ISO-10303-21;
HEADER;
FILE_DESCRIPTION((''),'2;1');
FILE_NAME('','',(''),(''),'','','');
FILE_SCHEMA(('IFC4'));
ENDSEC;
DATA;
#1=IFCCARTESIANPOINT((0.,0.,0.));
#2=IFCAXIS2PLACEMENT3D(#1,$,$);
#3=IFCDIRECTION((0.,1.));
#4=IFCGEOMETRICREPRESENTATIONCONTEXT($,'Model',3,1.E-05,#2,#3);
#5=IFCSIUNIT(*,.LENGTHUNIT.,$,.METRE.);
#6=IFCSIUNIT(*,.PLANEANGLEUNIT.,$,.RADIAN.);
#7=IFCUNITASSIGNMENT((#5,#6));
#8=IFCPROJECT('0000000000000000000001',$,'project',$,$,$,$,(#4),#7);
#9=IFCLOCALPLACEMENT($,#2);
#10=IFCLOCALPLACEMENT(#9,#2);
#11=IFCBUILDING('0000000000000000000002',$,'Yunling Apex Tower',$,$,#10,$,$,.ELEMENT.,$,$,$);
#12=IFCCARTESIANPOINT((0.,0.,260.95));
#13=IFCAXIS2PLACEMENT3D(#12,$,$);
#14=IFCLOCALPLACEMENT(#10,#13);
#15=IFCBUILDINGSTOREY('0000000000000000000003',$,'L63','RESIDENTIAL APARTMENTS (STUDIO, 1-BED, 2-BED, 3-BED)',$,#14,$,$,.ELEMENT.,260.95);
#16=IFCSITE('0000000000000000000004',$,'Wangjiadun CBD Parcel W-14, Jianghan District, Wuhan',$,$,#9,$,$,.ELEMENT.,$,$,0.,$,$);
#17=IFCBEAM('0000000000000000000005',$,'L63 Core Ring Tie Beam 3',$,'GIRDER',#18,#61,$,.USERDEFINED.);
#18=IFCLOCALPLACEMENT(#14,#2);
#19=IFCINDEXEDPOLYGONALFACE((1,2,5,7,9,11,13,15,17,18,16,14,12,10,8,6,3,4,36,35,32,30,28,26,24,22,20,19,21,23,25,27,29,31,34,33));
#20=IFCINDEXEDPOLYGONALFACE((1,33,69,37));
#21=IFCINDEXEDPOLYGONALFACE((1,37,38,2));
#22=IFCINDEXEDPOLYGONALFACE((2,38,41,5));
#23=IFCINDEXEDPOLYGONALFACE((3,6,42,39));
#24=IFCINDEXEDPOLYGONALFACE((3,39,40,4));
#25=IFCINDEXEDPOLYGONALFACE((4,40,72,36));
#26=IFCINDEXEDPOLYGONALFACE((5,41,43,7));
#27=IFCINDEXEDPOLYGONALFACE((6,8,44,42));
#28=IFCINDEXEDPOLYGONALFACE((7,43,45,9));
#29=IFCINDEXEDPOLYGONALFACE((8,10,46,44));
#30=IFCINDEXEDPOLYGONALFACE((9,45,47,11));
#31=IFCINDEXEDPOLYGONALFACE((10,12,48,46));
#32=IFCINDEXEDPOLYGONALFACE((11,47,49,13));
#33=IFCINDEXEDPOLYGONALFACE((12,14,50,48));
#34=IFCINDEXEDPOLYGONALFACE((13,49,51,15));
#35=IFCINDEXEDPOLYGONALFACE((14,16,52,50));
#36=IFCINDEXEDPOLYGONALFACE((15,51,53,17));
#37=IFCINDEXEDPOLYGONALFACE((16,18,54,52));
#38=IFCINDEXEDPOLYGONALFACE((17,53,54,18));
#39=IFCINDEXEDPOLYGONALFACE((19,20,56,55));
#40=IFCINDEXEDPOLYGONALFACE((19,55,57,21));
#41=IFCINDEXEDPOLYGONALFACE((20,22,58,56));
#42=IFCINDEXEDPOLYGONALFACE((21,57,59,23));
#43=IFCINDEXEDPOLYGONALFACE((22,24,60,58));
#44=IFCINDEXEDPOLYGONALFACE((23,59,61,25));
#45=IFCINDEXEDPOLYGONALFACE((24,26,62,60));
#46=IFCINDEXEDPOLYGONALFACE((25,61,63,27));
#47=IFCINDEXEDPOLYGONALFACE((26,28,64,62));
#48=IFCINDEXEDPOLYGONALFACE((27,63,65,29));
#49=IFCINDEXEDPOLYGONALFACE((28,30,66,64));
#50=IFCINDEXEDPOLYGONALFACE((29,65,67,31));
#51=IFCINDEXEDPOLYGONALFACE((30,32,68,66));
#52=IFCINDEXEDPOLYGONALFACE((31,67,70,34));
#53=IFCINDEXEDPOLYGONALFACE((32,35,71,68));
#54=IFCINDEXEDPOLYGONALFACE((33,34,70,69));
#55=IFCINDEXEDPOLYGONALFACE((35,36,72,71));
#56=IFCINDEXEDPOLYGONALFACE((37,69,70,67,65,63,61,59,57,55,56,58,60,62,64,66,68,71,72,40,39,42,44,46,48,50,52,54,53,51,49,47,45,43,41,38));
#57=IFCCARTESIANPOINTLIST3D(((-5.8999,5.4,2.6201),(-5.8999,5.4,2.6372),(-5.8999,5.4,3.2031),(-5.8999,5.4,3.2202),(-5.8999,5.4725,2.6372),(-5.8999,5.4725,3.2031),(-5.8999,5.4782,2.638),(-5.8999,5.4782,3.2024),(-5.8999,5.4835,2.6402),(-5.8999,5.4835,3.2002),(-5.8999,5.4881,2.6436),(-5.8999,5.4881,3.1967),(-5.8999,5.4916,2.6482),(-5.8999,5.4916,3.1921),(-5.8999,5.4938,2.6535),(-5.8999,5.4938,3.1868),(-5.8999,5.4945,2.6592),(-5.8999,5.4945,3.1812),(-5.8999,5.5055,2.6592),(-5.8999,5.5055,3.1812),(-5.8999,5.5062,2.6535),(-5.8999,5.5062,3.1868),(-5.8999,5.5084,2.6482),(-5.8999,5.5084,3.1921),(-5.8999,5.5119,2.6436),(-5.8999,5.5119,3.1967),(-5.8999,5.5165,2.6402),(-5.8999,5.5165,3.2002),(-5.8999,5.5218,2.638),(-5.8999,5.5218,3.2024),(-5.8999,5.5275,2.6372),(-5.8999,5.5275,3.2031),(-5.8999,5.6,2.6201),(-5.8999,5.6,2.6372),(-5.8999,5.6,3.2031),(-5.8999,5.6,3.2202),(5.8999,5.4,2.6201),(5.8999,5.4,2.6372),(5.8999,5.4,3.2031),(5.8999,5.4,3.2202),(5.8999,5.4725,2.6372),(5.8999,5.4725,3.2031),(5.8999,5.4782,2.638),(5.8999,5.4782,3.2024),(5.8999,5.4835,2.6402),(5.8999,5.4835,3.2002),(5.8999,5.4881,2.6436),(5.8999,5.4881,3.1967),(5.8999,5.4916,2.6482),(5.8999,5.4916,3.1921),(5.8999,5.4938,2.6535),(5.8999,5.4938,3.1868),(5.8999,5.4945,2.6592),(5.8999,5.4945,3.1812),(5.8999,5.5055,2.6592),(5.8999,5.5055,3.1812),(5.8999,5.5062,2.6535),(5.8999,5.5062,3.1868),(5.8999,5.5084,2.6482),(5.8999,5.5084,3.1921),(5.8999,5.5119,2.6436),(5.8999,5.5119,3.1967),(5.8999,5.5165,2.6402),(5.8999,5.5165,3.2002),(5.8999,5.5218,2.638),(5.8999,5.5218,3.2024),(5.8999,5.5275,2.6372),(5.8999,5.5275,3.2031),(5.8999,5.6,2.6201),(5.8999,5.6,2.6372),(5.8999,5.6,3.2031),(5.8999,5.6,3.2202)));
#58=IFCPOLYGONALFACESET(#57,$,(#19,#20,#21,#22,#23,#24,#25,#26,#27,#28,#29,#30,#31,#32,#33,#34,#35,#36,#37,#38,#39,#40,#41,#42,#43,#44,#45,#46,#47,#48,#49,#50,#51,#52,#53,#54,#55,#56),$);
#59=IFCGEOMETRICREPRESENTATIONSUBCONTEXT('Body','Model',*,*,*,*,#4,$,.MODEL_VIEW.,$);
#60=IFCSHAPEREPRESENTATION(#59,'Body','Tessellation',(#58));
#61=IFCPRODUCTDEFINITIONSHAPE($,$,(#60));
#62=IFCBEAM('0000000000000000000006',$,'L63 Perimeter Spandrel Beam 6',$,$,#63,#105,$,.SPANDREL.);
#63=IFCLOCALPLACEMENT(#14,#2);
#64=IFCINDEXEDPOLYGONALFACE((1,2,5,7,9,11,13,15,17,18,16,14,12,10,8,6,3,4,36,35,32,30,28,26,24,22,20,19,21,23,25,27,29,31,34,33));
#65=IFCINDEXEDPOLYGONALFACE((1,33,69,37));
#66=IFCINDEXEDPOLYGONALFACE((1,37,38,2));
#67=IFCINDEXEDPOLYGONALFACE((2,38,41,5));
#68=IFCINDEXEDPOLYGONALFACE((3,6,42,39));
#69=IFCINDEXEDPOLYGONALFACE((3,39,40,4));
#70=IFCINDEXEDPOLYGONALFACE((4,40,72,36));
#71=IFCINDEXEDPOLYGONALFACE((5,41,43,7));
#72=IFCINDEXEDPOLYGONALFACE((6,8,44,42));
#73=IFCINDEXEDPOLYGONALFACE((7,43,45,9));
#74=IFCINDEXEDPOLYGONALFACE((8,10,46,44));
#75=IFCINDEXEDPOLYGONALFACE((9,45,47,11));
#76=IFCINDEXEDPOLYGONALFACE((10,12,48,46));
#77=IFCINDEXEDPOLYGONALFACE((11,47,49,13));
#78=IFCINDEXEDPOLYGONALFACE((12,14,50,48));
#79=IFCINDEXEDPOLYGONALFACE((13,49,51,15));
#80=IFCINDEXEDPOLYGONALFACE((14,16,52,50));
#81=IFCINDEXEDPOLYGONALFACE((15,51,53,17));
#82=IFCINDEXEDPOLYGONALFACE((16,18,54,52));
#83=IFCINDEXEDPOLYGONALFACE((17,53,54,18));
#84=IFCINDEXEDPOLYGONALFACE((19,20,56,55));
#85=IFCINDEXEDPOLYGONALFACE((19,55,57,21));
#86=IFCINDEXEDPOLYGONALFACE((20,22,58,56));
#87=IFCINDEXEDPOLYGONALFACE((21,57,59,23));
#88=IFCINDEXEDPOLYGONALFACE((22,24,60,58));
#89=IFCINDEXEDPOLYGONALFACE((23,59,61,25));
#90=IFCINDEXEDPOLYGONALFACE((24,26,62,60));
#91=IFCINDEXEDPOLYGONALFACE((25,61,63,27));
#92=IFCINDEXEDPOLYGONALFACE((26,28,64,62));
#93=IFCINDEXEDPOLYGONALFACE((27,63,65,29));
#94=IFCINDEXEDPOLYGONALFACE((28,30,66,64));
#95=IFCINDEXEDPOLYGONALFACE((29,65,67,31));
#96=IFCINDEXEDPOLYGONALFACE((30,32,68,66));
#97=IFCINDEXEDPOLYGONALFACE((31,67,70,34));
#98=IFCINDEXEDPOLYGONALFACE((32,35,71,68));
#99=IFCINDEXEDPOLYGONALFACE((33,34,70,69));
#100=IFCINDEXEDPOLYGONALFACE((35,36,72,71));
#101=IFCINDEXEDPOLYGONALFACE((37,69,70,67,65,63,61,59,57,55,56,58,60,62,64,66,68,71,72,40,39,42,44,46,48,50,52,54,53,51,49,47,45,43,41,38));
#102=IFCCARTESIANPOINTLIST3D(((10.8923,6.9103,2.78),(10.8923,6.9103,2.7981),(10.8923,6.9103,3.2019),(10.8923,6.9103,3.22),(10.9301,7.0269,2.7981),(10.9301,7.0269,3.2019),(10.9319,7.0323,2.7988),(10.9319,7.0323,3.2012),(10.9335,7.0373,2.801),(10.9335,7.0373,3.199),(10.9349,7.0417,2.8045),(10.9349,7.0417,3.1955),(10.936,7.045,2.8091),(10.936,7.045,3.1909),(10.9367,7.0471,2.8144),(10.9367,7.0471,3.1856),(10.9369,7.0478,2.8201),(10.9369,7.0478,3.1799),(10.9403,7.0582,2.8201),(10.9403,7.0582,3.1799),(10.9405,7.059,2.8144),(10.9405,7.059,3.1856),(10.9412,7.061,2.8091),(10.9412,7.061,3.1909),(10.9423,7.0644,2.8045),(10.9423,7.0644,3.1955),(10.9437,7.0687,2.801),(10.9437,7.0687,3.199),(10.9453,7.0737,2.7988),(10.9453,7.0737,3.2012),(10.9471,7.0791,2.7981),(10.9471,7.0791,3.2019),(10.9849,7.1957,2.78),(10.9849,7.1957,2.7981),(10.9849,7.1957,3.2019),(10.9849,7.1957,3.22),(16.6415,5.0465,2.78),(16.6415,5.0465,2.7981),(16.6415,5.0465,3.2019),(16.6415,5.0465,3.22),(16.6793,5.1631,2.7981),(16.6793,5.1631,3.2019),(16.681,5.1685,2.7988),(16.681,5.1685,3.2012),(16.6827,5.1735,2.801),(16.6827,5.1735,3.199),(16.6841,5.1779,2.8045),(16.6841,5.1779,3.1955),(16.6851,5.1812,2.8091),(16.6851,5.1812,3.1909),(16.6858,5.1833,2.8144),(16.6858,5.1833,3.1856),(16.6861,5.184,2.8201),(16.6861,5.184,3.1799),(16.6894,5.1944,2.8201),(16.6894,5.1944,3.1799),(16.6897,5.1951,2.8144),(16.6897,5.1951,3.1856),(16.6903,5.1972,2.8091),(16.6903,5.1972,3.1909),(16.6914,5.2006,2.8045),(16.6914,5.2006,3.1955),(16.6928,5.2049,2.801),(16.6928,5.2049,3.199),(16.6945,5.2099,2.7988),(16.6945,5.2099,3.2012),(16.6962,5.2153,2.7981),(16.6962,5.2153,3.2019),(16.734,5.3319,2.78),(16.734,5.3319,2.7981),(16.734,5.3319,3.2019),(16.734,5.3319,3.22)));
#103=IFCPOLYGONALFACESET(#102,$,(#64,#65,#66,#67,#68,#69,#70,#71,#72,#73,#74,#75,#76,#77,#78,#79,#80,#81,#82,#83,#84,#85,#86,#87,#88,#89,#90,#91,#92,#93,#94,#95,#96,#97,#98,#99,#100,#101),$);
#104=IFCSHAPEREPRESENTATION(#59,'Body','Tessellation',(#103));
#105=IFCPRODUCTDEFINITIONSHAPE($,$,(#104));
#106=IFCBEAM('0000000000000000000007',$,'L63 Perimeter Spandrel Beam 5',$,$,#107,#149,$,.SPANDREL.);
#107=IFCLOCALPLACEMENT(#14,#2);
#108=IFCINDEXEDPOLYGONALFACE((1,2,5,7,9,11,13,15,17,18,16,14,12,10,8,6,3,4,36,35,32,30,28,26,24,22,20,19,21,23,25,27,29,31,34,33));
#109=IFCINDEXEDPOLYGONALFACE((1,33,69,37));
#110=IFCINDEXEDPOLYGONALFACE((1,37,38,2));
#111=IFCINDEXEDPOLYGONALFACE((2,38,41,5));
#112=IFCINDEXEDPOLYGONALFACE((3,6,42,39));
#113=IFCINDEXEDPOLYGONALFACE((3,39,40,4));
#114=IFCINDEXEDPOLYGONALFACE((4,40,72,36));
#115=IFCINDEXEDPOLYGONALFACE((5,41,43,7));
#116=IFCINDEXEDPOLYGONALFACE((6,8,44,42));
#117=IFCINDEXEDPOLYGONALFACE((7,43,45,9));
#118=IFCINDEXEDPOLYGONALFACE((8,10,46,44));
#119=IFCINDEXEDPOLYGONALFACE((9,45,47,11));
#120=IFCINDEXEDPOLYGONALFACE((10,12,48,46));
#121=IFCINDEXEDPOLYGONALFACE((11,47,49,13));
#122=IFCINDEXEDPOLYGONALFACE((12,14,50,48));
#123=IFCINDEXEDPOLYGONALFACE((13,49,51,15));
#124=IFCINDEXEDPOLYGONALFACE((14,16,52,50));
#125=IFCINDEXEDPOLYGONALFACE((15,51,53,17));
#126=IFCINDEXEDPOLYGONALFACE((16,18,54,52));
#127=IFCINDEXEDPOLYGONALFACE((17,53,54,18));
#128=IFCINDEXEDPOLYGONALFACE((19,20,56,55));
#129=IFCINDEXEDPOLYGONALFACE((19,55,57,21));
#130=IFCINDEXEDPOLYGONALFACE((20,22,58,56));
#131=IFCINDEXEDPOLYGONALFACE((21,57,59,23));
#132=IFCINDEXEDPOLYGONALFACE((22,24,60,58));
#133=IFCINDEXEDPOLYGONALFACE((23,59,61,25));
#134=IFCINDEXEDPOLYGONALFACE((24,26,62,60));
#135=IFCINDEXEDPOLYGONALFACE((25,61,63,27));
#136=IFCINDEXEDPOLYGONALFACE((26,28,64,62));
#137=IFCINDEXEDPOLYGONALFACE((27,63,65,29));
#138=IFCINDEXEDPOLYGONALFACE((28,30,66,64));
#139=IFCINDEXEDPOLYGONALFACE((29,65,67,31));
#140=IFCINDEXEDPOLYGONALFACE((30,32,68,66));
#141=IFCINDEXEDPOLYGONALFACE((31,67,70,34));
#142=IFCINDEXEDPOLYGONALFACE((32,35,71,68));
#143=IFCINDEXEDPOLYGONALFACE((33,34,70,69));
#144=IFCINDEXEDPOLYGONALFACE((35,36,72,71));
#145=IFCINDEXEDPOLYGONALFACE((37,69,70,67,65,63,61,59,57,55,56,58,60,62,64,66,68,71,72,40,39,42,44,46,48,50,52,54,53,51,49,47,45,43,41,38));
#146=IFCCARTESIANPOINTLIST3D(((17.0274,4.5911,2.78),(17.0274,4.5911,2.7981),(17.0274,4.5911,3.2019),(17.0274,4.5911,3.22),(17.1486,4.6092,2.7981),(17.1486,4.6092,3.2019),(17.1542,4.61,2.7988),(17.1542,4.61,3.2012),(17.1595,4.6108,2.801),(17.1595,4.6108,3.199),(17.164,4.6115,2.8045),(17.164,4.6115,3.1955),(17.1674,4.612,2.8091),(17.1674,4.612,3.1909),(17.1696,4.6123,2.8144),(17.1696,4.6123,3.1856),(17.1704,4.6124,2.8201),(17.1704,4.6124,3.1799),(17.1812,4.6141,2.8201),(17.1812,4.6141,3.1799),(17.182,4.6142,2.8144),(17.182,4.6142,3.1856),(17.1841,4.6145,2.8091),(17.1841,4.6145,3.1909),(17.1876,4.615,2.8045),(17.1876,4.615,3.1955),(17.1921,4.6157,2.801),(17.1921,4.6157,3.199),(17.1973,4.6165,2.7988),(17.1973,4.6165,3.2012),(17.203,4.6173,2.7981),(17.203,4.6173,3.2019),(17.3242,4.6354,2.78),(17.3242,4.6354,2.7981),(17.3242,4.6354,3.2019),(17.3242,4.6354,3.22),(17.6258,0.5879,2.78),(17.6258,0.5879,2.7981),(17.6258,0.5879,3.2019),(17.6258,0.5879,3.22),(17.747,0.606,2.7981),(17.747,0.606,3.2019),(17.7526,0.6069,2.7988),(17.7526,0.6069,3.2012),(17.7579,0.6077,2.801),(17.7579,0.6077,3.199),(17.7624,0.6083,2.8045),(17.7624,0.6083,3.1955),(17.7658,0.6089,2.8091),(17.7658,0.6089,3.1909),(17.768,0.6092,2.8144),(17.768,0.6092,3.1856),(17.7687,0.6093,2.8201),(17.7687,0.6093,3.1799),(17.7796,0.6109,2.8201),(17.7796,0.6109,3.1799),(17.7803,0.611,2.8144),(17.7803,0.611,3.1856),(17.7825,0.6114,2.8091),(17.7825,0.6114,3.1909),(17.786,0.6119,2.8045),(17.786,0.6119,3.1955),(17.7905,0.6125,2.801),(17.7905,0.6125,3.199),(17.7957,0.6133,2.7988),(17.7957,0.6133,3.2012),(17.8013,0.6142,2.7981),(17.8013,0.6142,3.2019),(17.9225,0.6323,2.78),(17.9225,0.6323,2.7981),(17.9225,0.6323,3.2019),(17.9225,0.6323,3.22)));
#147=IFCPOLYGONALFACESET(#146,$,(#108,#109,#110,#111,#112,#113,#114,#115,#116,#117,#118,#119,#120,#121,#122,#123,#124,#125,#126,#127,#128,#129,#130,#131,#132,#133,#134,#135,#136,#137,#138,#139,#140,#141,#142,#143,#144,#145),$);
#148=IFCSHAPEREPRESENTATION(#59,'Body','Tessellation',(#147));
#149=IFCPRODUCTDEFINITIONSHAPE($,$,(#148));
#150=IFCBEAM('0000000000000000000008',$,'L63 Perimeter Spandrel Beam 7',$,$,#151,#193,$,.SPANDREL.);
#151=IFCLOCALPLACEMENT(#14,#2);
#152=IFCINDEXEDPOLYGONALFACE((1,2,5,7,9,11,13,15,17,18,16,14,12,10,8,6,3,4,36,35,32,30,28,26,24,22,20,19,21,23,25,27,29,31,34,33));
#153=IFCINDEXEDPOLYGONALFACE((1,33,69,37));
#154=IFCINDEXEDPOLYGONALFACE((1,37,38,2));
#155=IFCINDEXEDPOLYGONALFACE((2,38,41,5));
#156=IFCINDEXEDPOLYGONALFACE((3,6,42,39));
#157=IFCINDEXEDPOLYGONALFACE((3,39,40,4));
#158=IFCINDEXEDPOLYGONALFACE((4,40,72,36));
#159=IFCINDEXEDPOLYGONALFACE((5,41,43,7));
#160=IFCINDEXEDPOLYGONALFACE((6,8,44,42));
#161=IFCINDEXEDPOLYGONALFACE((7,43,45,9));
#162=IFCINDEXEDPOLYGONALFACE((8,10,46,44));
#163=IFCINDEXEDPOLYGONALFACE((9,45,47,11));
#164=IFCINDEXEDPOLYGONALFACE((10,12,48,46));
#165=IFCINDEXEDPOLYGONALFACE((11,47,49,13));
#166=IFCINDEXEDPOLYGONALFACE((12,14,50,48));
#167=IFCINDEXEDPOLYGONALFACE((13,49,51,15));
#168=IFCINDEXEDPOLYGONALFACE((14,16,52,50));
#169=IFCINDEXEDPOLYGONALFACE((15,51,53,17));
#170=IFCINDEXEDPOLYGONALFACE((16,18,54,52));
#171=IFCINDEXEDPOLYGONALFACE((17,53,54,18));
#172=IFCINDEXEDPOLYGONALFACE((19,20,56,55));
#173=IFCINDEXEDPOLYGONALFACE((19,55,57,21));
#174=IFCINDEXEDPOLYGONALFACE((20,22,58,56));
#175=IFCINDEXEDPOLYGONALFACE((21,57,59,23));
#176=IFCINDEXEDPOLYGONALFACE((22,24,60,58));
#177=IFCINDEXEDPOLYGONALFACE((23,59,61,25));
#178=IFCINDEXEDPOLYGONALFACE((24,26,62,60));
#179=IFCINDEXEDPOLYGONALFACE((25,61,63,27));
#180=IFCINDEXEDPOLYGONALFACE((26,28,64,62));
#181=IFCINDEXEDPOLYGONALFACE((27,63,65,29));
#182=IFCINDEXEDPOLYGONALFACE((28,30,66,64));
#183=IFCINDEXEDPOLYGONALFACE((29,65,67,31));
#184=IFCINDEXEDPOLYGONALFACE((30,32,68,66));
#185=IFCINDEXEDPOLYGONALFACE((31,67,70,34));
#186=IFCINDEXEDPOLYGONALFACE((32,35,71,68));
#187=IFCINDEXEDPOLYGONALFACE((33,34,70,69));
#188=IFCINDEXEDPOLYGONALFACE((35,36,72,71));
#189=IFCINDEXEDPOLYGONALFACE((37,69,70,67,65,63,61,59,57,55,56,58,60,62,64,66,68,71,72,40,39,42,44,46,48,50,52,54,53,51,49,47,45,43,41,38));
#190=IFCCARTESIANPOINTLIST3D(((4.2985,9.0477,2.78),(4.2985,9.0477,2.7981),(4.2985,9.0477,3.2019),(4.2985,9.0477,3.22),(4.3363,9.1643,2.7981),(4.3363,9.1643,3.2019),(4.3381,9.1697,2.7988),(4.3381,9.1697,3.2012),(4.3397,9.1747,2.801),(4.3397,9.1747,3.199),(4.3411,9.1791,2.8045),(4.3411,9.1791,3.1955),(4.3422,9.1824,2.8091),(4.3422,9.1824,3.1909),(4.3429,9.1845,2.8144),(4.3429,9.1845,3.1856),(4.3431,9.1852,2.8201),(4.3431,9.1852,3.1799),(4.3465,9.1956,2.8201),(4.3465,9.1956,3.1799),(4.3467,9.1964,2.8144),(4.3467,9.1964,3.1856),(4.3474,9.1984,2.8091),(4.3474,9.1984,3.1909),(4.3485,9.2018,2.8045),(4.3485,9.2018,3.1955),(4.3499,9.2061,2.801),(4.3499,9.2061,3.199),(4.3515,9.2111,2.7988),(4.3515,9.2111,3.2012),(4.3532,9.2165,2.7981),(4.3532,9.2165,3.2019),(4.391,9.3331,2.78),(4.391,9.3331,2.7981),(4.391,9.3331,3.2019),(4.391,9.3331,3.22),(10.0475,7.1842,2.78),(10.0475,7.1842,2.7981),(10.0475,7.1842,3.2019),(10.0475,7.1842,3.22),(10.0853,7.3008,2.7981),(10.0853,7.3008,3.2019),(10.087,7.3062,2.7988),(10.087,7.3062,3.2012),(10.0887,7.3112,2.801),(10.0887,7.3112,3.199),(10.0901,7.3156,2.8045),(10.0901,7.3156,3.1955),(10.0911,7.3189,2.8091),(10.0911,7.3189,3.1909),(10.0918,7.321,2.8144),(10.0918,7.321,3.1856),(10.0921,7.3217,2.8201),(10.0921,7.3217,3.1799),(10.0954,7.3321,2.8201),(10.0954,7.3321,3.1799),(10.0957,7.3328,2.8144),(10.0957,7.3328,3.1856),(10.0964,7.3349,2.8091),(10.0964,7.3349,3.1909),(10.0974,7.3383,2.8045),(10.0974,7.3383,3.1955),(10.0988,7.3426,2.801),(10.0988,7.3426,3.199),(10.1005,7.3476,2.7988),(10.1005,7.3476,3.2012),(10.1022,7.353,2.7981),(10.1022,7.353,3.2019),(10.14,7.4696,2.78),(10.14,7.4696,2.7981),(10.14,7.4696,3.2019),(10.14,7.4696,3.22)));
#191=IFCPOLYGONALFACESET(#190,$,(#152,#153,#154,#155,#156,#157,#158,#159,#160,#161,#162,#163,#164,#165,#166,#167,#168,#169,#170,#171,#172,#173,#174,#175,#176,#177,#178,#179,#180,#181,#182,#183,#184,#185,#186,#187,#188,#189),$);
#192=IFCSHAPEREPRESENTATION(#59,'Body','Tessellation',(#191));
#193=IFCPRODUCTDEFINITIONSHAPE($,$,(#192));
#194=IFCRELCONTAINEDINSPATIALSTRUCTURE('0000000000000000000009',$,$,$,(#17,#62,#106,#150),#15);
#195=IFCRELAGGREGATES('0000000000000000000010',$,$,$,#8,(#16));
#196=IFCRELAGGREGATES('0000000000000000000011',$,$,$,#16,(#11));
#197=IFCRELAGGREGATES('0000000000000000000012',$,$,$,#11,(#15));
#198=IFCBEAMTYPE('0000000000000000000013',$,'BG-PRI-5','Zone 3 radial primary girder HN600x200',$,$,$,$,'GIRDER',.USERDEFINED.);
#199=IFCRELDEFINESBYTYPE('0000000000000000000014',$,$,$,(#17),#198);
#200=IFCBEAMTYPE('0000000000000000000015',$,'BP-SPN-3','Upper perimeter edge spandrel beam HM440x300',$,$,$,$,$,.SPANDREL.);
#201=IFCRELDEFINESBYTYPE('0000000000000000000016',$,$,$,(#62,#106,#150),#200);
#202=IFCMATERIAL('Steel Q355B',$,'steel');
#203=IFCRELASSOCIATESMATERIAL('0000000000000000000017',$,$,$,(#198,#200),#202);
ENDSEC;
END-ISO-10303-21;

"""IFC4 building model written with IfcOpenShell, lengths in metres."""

from ifc_helpers import new_model, si_unit, direction, frame, origin, origin_2d, place, context, subcontext, project, spatial, i_section, extrude, source, transform, mapped, material, material_profile, profile_set, type_object, element, save


model = new_model("IFC4")

# Units and contexts
model_context = context("Model", 3, precision=1e-05, world=origin(), true_north=direction((0.0, 1.0)))
body_context = subcontext(model_context, "Body", "Model", "MODEL_VIEW")
ifc_project = project(units=[si_unit("LENGTHUNIT", "METRE"), si_unit("PLANEANGLEUNIT", "RADIAN")], contexts=[model_context])

# Site, building, storey
site_placement = place(None, origin())
site = spatial("IfcSite", under=ifc_project, at=site_placement, Name="Wangjiadun CBD Parcel W-14, Jianghan District, Wuhan", CompositionType="ELEMENT", RefElevation=0.0)
building_placement = place(site_placement, origin())
building = spatial("IfcBuilding", under=site, at=building_placement, Name="Yunling Apex Tower", CompositionType="ELEMENT")
storey_placement = place(building_placement, frame((0.0, 0.0, 260.95)))
storey = spatial("IfcBuildingStorey", under=building, at=storey_placement, Name="L63", Description="RESIDENTIAL APARTMENTS (STUDIO, 1-BED, 2-BED, 3-BED)", CompositionType="ELEMENT", Elevation=260.95)

# Shared definitions
ifc_material_1 = material(Name="Steel Q355B", Category="steel")

# Beams
ifc_material_profile_1 = material_profile(ifc_material_1, i_section(OverallWidth=0.2, OverallDepth=0.6001, WebThickness=0.011, FlangeThickness=0.0171, FilletRadius=0.022, at=origin_2d()))
ifc_profile_set_1 = profile_set([ifc_material_profile_1], Name="Steel Q355B")
beam_type_1 = type_object("IfcBeamType", Name="BG-PRI-5", Description="Zone 3 radial primary girder HN600x200", ElementType="GIRDER", PredefinedType="USERDEFINED", material=ifc_profile_set_1)
shared_shape_1 = source(origin(), body_context, "Body", "SweptSolid", [
    extrude(i_section(OverallWidth=0.2, OverallDepth=0.6001, WebThickness=0.011, FlangeThickness=0.0171, FilletRadius=0.022, at=origin_2d()), origin(), (0.0, 0.0, 1.0), 11.7998),
])
beam_1_placement = place(storey_placement, frame((5.8999, 5.5, 2.9202), z_axis=(-1.0, 0.0, 0.0), x_axis=(0.0, -1.0, 0.0)))
element("IfcBeam", 1, at=beam_1_placement, inside=storey, type_object=beam_type_1, Name="L63 Core Ring Tie Beam 3", ObjectType="GIRDER", PredefinedType="USERDEFINED", context=body_context, shape_type="MappedRepresentation", body=[
    mapped(shared_shape_1, transform((0.0, 0.0, 0.0), scale=1.0)),
])
ifc_material_profile_2 = material_profile(ifc_material_1, i_section(OverallWidth=0.3, OverallDepth=0.4399, WebThickness=0.011, FlangeThickness=0.0181, FilletRadius=0.022, at=origin_2d()))
ifc_profile_set_2 = profile_set([ifc_material_profile_2], Name="Steel Q355B")
beam_type_2 = type_object("IfcBeamType", Name="BP-SPN-3", Description="Upper perimeter edge spandrel beam HM440x300", PredefinedType="SPANDREL", material=ifc_profile_set_2)
shared_shape_2 = source(origin(), body_context, "Body", "SweptSolid", [
    extrude(i_section(OverallWidth=0.3, OverallDepth=0.4399, WebThickness=0.011, FlangeThickness=0.0181, FilletRadius=0.022, at=origin_2d()), origin(), (0.0, 0.0, 1.0), 6.0437),
])
beam_2_placement = place(storey_placement, frame((16.6877, 5.1892, 3.0), z_axis=(-0.951261, 0.308388, 0.0), x_axis=(-0.308388, -0.951261, 0.0)))
element("IfcBeam", 2, at=beam_2_placement, inside=storey, type_object=beam_type_2, Name="L63 Perimeter Spandrel Beam 6", PredefinedType="SPANDREL", context=body_context, shape_type="MappedRepresentation", body=[
    mapped(shared_shape_2, transform((0.0, 0.0, 0.0), scale=1.0)),
])
shared_shape_3 = source(origin(), body_context, "Body", "SweptSolid", [
    extrude(i_section(OverallWidth=0.3, OverallDepth=0.4399, WebThickness=0.011, FlangeThickness=0.0181, FilletRadius=0.022, at=origin_2d()), origin(), (0.0, 0.0, 1.0), 4.0476),
])
beam_3_placement = place(storey_placement, frame((17.7742, 0.6101, 3.0), z_axis=(-0.147836, 0.989012, 0.0), x_axis=(-0.989012, -0.147836, 0.0)))
element("IfcBeam", 3, at=beam_3_placement, inside=storey, type_object=beam_type_2, Name="L63 Perimeter Spandrel Beam 5", PredefinedType="SPANDREL", context=body_context, shape_type="MappedRepresentation", body=[
    mapped(shared_shape_3, transform((0.0, 0.0, 0.0), scale=1.0)),
])
shared_shape_4 = source(origin(), body_context, "Body", "SweptSolid", [
    extrude(i_section(OverallWidth=0.3, OverallDepth=0.4399, WebThickness=0.011, FlangeThickness=0.0181, FilletRadius=0.022, at=origin_2d()), origin(), (0.0, 0.0, 1.0), 6.0435),
])
beam_4_placement = place(storey_placement, frame((10.0938, 7.3269, 3.0), z_axis=(-0.951272, 0.308352, 0.0), x_axis=(-0.308352, -0.951272, 0.0)))
element("IfcBeam", 4, at=beam_4_placement, inside=storey, type_object=beam_type_2, Name="L63 Perimeter Spandrel Beam 7", PredefinedType="SPANDREL", context=body_context, shape_type="MappedRepresentation", body=[
    mapped(shared_shape_4, transform((0.0, 0.0, 0.0), scale=1.0)),
])

save(model, "model.ifc")
